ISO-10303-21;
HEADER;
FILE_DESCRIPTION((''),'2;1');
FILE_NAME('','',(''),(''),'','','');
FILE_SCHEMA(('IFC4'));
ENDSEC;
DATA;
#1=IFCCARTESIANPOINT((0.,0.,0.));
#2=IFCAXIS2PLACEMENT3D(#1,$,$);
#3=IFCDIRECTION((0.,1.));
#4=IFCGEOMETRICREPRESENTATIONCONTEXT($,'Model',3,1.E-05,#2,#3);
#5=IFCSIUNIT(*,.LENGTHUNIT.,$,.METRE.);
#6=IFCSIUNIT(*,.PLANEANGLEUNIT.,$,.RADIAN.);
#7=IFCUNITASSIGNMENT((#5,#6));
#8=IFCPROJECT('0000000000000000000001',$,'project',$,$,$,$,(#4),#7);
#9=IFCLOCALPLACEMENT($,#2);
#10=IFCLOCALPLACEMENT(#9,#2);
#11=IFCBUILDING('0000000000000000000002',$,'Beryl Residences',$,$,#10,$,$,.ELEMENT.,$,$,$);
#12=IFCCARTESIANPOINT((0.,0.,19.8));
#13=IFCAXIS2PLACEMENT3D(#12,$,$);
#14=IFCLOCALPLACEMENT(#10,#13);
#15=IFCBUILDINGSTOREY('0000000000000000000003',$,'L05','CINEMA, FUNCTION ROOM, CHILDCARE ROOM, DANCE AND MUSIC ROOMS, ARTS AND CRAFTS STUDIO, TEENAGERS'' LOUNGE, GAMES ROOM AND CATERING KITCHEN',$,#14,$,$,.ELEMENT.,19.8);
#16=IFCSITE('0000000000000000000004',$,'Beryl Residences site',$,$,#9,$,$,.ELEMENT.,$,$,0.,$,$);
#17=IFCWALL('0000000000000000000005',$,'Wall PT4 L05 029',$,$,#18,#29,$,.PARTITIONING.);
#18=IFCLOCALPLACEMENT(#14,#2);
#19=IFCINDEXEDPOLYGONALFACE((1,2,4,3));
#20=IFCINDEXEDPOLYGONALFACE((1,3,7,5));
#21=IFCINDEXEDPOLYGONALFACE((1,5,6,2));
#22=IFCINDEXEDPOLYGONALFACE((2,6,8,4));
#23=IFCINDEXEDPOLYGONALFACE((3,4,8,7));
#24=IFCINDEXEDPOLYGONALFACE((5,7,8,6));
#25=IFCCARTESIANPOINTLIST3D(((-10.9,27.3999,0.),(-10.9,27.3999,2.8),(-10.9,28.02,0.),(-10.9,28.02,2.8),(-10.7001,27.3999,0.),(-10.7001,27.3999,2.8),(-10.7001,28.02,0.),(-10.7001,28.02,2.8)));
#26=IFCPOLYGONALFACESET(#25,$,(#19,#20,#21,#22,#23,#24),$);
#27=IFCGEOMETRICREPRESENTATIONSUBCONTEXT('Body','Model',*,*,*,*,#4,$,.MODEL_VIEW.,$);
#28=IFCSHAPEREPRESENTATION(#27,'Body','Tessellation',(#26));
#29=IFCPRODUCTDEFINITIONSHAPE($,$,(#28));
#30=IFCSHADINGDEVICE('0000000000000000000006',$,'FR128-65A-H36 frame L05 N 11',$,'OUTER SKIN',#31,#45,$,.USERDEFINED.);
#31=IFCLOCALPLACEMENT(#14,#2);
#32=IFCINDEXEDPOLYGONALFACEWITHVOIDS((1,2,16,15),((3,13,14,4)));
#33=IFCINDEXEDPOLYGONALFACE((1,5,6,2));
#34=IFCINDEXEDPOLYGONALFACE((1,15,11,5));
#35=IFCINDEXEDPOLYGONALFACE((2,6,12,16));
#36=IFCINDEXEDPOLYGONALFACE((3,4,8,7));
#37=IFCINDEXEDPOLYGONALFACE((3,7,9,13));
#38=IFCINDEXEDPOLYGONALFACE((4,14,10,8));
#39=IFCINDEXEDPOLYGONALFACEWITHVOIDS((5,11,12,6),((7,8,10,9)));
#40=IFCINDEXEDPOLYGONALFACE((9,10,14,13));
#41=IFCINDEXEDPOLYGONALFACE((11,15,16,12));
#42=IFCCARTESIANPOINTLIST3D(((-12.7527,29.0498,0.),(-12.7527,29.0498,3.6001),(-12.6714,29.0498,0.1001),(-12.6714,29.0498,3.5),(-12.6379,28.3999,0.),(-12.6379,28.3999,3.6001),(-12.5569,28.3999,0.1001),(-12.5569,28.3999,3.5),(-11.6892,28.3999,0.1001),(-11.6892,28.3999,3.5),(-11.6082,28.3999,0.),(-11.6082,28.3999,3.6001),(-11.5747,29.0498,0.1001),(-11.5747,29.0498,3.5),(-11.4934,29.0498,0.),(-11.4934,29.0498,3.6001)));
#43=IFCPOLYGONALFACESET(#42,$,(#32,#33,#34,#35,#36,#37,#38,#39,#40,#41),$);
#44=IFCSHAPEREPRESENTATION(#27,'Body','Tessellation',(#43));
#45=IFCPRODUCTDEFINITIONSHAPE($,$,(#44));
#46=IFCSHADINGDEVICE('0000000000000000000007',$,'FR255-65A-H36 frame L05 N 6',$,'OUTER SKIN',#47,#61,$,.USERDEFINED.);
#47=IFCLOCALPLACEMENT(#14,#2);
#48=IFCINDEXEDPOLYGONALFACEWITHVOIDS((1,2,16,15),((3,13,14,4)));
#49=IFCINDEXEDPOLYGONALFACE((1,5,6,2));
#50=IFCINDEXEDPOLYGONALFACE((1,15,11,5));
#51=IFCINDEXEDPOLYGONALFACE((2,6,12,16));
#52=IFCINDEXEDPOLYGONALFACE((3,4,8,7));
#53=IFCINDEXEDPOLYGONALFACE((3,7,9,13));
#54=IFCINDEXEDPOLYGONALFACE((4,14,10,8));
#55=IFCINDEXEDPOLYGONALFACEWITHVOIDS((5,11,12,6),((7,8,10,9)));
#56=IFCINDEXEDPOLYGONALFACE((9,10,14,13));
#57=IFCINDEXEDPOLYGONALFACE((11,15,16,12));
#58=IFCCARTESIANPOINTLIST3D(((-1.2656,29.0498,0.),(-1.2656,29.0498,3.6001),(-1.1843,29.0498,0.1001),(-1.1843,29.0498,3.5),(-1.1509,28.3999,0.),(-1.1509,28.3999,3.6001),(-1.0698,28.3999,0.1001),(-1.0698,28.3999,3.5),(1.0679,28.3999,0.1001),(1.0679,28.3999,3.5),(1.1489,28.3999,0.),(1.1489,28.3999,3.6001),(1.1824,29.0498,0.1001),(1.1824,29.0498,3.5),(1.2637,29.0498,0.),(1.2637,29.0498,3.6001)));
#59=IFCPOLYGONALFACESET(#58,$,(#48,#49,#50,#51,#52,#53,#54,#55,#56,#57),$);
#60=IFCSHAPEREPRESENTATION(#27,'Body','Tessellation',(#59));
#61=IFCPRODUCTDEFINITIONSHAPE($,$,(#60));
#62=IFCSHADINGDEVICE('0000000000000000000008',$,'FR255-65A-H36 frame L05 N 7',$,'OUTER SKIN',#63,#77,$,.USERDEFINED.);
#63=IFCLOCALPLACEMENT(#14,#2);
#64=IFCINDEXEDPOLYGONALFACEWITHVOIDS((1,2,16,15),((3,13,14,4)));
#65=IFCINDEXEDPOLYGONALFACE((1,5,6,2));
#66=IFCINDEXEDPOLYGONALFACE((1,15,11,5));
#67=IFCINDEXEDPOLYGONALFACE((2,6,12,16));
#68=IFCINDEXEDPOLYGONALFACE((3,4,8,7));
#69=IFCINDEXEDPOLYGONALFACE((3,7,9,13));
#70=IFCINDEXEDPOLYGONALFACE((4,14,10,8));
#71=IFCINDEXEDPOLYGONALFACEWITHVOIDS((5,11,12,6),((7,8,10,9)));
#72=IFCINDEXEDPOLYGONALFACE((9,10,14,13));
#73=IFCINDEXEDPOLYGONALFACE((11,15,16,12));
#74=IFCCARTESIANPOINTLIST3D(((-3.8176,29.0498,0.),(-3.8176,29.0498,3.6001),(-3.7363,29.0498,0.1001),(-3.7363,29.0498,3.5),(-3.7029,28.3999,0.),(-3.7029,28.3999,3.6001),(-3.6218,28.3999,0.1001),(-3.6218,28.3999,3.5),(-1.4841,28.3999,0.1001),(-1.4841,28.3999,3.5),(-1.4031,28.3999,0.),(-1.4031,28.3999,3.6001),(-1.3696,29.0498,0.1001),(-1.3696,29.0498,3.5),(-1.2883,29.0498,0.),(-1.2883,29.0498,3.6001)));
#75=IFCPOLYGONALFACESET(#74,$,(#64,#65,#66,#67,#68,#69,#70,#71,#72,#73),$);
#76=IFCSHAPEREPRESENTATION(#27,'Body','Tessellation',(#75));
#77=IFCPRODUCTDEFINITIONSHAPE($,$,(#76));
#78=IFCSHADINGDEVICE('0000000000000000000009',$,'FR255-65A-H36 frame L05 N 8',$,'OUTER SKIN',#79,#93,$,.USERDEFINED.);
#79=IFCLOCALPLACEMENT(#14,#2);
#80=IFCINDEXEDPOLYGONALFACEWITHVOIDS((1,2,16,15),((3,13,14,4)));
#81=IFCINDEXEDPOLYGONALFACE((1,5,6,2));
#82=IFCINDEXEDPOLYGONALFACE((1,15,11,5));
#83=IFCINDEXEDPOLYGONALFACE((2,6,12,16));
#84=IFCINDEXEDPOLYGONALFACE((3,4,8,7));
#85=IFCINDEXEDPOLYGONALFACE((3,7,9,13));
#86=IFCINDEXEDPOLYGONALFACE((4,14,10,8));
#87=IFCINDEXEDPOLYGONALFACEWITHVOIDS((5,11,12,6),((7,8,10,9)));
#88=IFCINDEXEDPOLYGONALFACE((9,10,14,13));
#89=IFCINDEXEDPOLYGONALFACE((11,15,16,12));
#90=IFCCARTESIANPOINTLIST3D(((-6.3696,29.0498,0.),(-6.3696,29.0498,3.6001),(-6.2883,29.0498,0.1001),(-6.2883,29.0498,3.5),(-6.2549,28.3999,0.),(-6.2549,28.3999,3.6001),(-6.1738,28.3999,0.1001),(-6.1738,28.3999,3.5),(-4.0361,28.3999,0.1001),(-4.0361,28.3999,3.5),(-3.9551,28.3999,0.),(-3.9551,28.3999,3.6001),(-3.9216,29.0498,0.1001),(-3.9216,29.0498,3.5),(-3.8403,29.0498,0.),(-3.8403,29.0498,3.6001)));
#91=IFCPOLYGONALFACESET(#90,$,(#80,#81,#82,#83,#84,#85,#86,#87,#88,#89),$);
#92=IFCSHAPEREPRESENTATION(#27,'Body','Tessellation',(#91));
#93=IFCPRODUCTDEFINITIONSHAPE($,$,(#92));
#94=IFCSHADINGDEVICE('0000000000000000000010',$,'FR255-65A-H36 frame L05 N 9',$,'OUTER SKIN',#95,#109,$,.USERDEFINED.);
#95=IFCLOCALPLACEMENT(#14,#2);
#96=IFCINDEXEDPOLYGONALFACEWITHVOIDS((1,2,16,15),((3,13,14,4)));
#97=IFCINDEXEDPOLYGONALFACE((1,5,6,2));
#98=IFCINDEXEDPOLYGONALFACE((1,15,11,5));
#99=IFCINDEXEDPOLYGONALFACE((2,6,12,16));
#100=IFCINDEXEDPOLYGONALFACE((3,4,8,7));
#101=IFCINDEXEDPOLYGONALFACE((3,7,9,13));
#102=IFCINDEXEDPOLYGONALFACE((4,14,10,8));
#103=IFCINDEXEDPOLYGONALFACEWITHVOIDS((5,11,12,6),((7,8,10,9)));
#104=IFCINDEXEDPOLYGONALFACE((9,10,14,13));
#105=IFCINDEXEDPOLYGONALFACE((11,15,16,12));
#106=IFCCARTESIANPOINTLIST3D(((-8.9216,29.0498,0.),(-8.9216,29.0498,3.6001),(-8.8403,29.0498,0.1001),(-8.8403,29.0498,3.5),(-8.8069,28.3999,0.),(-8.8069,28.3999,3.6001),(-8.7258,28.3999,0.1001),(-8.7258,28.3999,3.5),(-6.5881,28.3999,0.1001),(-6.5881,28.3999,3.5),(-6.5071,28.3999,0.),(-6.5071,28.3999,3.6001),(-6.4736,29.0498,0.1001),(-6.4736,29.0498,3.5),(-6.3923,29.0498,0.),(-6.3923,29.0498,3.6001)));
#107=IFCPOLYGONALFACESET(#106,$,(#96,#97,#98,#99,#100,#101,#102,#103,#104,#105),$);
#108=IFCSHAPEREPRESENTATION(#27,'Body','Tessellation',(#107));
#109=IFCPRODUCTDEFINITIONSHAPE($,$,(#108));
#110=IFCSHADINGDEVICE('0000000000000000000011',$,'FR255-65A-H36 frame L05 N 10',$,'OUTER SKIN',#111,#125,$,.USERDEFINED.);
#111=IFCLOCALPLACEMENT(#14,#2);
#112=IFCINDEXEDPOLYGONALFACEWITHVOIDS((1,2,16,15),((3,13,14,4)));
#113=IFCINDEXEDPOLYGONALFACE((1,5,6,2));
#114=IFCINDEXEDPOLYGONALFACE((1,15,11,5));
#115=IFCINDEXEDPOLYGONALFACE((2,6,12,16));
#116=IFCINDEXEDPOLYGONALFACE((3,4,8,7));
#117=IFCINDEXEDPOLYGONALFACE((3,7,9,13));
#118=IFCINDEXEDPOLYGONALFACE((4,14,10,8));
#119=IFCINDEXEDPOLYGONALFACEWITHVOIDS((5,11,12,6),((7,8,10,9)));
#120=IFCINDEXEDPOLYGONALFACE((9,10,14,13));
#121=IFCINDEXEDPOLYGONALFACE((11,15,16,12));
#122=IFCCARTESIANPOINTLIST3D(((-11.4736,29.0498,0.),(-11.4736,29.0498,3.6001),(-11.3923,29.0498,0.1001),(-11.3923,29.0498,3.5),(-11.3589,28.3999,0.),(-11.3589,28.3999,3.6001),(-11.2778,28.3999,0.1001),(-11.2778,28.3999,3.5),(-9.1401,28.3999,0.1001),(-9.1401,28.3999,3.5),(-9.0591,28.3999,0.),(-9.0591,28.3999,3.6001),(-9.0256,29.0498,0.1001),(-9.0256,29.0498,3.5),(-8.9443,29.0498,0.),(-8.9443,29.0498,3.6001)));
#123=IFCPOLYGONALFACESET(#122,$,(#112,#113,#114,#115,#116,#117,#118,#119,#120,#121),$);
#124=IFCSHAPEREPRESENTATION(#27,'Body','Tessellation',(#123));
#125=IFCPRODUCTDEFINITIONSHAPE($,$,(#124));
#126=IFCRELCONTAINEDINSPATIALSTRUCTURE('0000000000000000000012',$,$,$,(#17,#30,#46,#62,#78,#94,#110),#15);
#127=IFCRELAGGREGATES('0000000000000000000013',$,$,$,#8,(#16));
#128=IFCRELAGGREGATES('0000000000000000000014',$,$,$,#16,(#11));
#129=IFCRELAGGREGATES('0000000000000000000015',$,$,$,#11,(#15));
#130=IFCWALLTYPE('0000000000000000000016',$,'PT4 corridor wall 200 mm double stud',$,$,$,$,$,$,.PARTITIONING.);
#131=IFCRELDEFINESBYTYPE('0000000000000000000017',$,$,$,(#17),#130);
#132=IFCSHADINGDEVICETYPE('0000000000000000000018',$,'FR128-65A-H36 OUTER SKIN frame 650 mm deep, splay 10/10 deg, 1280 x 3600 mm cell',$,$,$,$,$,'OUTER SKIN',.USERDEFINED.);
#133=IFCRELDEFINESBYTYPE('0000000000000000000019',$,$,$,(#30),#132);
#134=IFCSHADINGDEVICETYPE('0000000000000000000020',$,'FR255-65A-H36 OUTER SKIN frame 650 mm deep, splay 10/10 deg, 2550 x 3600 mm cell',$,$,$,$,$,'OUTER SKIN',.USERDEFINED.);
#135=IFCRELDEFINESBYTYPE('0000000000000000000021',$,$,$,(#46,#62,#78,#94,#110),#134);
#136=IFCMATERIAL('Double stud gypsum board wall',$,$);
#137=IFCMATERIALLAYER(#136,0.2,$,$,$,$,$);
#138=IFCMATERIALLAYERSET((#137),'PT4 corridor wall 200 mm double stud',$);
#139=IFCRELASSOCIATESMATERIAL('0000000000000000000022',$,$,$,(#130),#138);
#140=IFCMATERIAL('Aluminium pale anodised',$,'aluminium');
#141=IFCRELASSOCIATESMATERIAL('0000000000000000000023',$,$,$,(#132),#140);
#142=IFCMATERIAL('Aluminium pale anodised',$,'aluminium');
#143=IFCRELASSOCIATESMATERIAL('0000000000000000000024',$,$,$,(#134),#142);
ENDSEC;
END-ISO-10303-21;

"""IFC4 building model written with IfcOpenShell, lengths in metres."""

from ifc_helpers import new_model, entity, si_unit, direction, frame, frame_2d, origin, place, context, subcontext, project, spatial, rectangle, extrude, source, transform, mapped, material, layer, layer_set, type_object, type_shapes, element, save


model = new_model("IFC4")

# Units and contexts
model_context = context("Model", 3, precision=1e-05, world=origin(), true_north=direction((0.0, 1.0)))
body_context = subcontext(model_context, "Body", "Model", "MODEL_VIEW")
ifc_project = project(units=[si_unit("LENGTHUNIT", "METRE"), si_unit("PLANEANGLEUNIT", "RADIAN")], contexts=[model_context])

# Site, building, storey
site_placement = place(None, origin())
site = spatial("IfcSite", under=ifc_project, at=site_placement, Name="Beryl Residences site", CompositionType="ELEMENT", RefElevation=0.0)
building_placement = place(site_placement, origin())
building = spatial("IfcBuilding", under=site, at=building_placement, Name="Beryl Residences", CompositionType="ELEMENT")
storey_placement = place(building_placement, frame((0.0, 0.0, 19.8)))
storey = spatial("IfcBuildingStorey", under=building, at=storey_placement, Name="L05", Description="CINEMA, FUNCTION ROOM, CHILDCARE ROOM, DANCE AND MUSIC ROOMS, ARTS AND CRAFTS STUDIO, TEENAGERS' LOUNGE, GAMES ROOM AND CATERING KITCHEN", CompositionType="ELEMENT", Elevation=19.8)

# Shared definitions
ifc_material_1 = material(Name="Double stud gypsum board wall")
ifc_layer_1 = layer(ifc_material_1, 0.2)
ifc_layer_set_1 = layer_set([ifc_layer_1], Name="PT4 corridor wall 200 mm double stud")
wall_type_1 = type_object("IfcWallType", Name="PT4 corridor wall 200 mm double stud", PredefinedType="PARTITIONING", material=ifc_layer_set_1)

# Wall
wall_1_placement = place(storey_placement, frame((-10.8, 27.3999, 0.0), z_axis=(0.0, 0.0, 1.0), x_axis=(0.0, 1.0, 0.0)))
element("IfcWall", 1, at=wall_1_placement, inside=storey, type_object=wall_type_1, Name="Wall PT4 L05 029", PredefinedType="PARTITIONING", context=body_context, shape_type="SweptSolid", body=[
    extrude(rectangle(XDim=0.6201, YDim=0.2, at=frame_2d((0.3101, 0.0))), origin(), (0.0, 0.0, 1.0), 2.8),
])

# Shading devices
ifc_material_2 = material(Name="Aluminium pale anodised", Category="aluminium")
shading_device_type_1 = type_object("IfcShadingDeviceType", Name="FR128-65A-H36 OUTER SKIN frame 650 mm deep, splay 10/10 deg, 1280 x 3600 mm cell", ElementType="OUTER SKIN", PredefinedType="USERDEFINED", material=ifc_material_2)
cartesian_point_1 = entity("IfcCartesianPoint", [-0.5149, 0.0])
cartesian_point_2 = entity("IfcCartesianPoint", [-0.4338, 0.1001])
cartesian_point_3 = entity("IfcCartesianPoint", [-0.6296, 0.0])
cartesian_point_4 = entity("IfcCartesianPoint", [-0.5483, 0.1001])
shared_shape_1 = source(origin(), body_context, "Body", "SweptSolid", [
    entity("IfcExtrudedAreaSolidTapered", entity("IfcArbitraryProfileDefWithVoids", "AREA", None, entity("IfcPolyline", [cartesian_point_1, entity("IfcCartesianPoint", [0.5149, 0.0]), entity("IfcCartesianPoint", [0.5149, 3.6001]), entity("IfcCartesianPoint", [-0.5149, 3.6001]), cartesian_point_1]), [entity("IfcPolyline", [cartesian_point_2, entity("IfcCartesianPoint", [0.4338, 0.1001]), entity("IfcCartesianPoint", [0.4338, 3.5]), entity("IfcCartesianPoint", [-0.4338, 3.5]), cartesian_point_2])]), entity("IfcAxis2Placement3D", entity("IfcCartesianPoint", [0.0, 0.0, 0.0]), entity("IfcDirection", [0.0, 1.0, 0.0]), entity("IfcDirection", [-1.0, 0.0, 0.0])), entity("IfcDirection", [0.0, 0.0, 1.0]), 0.6499, entity("IfcArbitraryProfileDefWithVoids", "AREA", None, entity("IfcPolyline", [cartesian_point_3, entity("IfcCartesianPoint", [0.6296, 0.0]), entity("IfcCartesianPoint", [0.6296, 3.6001]), entity("IfcCartesianPoint", [-0.6296, 3.6001]), cartesian_point_3]), [entity("IfcPolyline", [cartesian_point_4, entity("IfcCartesianPoint", [0.5483, 0.1001]), entity("IfcCartesianPoint", [0.5483, 3.5]), entity("IfcCartesianPoint", [-0.5483, 3.5]), cartesian_point_4])])),
])
type_shapes(shading_device_type_1, [shared_shape_1])
shading_device_placement = place(storey_placement, frame((-12.123, 28.3999, 0.0), z_axis=(0.0, 0.0, 1.0), x_axis=(1.0, 0.0, 0.0)))
element("IfcShadingDevice", 2, at=shading_device_placement, inside=storey, type_object=shading_device_type_1, Name="FR128-65A-H36 frame L05 N 11", ObjectType="OUTER SKIN", PredefinedType="USERDEFINED", context=body_context, shape_type="MappedRepresentation", body=[
    mapped(shared_shape_1, transform((0.0, 0.0, 0.0))),
])
ifc_material_3 = material(Name="Aluminium pale anodised", Category="aluminium")
shading_device_type_2 = type_object("IfcShadingDeviceType", Name="FR255-65A-H36 OUTER SKIN frame 650 mm deep, splay 10/10 deg, 2550 x 3600 mm cell", ElementType="OUTER SKIN", PredefinedType="USERDEFINED", material=ifc_material_3)
cartesian_point_5 = entity("IfcCartesianPoint", [-1.1499, 0.0])
cartesian_point_6 = entity("IfcCartesianPoint", [-1.0688, 0.1001])
cartesian_point_7 = entity("IfcCartesianPoint", [-1.2646, 0.0])
cartesian_point_8 = entity("IfcCartesianPoint", [-1.1833, 0.1001])
shared_shape_2 = source(origin(), body_context, "Body", "SweptSolid", [
    entity("IfcExtrudedAreaSolidTapered", entity("IfcArbitraryProfileDefWithVoids", "AREA", None, entity("IfcPolyline", [cartesian_point_5, entity("IfcCartesianPoint", [1.1499, 0.0]), entity("IfcCartesianPoint", [1.1499, 3.6001]), entity("IfcCartesianPoint", [-1.1499, 3.6001]), cartesian_point_5]), [entity("IfcPolyline", [cartesian_point_6, entity("IfcCartesianPoint", [1.0688, 0.1001]), entity("IfcCartesianPoint", [1.0688, 3.5]), entity("IfcCartesianPoint", [-1.0688, 3.5]), cartesian_point_6])]), entity("IfcAxis2Placement3D", entity("IfcCartesianPoint", [0.0, 0.0, 0.0]), entity("IfcDirection", [0.0, 1.0, 0.0]), entity("IfcDirection", [-1.0, 0.0, 0.0])), entity("IfcDirection", [0.0, 0.0, 1.0]), 0.6499, entity("IfcArbitraryProfileDefWithVoids", "AREA", None, entity("IfcPolyline", [cartesian_point_7, entity("IfcCartesianPoint", [1.2646, 0.0]), entity("IfcCartesianPoint", [1.2646, 3.6001]), entity("IfcCartesianPoint", [-1.2646, 3.6001]), cartesian_point_7]), [entity("IfcPolyline", [cartesian_point_8, entity("IfcCartesianPoint", [1.1833, 0.1001]), entity("IfcCartesianPoint", [1.1833, 3.5]), entity("IfcCartesianPoint", [-1.1833, 3.5]), cartesian_point_8])])),
])
type_shapes(shading_device_type_2, [shared_shape_2])
for number, where, z_axis, x_axis, name in (
    (3, (-0.001, 28.3999, 0.0), (0.0, 0.0, 1.0), (1.0, 0.0, 0.0), "FR255-65A-H36 frame L05 N 6"),
    (4, (-2.553, 28.3999, 0.0), (0.0, 0.0, 1.0), (1.0, 0.0, 0.0), "FR255-65A-H36 frame L05 N 7"),
    (5, (-5.105, 28.3999, 0.0), (0.0, 0.0, 1.0), (1.0, 0.0, 0.0), "FR255-65A-H36 frame L05 N 8"),
    (6, (-7.657, 28.3999, 0.0), (0.0, 0.0, 1.0), (1.0, 0.0, 0.0), "FR255-65A-H36 frame L05 N 9"),
    (7, (-10.209, 28.3999, 0.0), (0.0, 0.0, 1.0), (1.0, 0.0, 0.0), "FR255-65A-H36 frame L05 N 10"),
):
    element("IfcShadingDevice", number, at=place(storey_placement, frame(where, z_axis=z_axis, x_axis=x_axis)), inside=storey, type_object=shading_device_type_2, Name=name, ObjectType="OUTER SKIN", PredefinedType="USERDEFINED", context=body_context, shape_type="MappedRepresentation", body=[
        mapped(shared_shape_2, transform((0.0, 0.0, 0.0))),
    ])

save(model, "model.ifc")
